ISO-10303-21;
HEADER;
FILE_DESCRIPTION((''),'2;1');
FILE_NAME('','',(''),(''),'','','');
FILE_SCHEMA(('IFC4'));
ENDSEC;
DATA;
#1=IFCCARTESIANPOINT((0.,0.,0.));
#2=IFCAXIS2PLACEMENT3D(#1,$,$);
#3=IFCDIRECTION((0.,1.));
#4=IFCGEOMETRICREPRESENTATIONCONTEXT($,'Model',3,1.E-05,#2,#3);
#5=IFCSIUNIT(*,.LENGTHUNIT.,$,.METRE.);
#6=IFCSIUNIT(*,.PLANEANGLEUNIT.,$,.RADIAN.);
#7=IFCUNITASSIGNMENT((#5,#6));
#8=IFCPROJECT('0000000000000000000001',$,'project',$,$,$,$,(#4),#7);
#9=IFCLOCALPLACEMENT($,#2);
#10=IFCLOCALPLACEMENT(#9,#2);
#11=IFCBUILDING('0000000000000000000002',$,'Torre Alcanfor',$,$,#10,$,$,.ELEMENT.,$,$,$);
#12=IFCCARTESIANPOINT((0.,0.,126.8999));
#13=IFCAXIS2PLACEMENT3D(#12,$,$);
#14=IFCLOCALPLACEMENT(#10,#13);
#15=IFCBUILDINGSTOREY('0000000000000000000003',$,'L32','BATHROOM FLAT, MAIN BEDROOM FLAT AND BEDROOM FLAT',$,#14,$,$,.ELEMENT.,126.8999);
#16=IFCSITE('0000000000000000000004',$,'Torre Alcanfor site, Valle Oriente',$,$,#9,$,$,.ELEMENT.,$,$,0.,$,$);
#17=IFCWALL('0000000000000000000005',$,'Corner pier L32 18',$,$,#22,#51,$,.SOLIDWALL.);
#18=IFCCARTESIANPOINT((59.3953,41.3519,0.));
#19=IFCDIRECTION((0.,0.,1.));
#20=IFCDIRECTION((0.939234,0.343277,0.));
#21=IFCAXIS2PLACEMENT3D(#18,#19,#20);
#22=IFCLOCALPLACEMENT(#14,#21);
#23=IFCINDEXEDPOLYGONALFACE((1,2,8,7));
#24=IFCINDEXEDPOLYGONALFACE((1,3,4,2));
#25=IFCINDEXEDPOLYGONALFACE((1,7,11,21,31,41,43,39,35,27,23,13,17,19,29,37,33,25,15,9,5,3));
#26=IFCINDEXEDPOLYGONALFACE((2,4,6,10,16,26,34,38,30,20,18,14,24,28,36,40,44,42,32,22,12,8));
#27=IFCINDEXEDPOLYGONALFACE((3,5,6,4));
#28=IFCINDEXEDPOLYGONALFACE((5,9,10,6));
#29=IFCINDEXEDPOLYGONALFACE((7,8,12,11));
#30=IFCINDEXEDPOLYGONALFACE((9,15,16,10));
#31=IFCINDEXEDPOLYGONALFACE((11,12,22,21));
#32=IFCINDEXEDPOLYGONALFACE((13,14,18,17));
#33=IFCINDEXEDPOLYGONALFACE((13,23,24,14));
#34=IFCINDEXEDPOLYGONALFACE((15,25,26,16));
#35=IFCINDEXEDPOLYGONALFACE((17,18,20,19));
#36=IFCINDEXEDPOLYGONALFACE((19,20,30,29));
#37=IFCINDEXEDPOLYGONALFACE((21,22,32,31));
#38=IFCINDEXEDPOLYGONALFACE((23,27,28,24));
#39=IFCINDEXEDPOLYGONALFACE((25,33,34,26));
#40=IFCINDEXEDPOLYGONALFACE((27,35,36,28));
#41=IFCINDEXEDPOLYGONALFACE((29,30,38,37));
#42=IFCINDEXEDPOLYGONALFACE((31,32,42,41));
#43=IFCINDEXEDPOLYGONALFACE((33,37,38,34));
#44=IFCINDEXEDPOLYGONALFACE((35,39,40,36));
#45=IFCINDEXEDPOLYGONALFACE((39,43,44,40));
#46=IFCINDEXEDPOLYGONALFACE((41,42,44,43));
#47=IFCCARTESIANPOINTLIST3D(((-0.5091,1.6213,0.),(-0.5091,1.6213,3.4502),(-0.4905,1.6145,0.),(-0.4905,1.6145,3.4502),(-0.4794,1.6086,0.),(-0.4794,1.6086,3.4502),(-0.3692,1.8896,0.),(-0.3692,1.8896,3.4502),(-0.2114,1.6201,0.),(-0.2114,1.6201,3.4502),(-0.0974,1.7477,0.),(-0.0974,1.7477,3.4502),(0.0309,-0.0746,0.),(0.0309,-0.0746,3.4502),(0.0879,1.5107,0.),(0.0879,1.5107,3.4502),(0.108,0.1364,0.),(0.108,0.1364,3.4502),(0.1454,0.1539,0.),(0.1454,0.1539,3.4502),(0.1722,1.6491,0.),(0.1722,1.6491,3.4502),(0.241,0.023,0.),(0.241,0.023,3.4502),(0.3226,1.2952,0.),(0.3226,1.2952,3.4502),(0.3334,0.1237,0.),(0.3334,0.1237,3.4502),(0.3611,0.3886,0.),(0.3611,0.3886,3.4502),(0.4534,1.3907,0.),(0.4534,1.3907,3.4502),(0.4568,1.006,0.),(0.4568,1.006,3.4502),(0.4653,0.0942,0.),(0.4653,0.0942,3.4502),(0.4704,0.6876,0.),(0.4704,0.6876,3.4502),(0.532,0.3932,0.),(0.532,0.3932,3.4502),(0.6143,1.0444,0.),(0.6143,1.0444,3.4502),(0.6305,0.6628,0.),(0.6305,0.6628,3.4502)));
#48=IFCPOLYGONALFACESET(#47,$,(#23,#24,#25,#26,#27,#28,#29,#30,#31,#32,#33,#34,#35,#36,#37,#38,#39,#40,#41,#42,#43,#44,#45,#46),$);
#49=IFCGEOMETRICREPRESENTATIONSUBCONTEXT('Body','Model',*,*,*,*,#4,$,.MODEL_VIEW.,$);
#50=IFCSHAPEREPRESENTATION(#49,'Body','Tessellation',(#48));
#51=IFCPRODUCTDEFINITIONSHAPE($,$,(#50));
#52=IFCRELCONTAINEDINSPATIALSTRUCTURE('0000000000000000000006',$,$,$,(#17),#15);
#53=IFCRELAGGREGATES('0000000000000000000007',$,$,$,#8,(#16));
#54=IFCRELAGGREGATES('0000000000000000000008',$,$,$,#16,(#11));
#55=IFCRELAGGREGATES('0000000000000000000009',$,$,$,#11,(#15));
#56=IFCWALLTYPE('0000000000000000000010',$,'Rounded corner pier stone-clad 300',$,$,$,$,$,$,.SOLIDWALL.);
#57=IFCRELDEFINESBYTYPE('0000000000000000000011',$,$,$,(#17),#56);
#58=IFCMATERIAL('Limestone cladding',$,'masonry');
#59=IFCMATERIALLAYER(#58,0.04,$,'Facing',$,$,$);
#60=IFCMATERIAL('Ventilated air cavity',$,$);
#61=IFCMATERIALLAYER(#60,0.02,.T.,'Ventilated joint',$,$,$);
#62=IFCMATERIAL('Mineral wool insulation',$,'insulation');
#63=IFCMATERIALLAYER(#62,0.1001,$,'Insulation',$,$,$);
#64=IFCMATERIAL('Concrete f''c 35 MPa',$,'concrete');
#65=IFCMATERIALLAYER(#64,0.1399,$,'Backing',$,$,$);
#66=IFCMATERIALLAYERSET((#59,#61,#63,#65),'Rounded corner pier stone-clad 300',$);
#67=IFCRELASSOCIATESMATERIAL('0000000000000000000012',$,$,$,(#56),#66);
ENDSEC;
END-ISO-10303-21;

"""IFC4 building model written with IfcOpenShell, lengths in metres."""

from ifc_helpers import new_model, si_unit, direction, frame, origin, place, context, subcontext, project, spatial, polyline, outline, extrude, material, layer, layer_set, type_object, element, save


model = new_model("IFC4")

# Units and contexts
model_context = context("Model", 3, precision=1e-05, world=origin(), true_north=direction((0.0, 1.0)))
body_context = subcontext(model_context, "Body", "Model", "MODEL_VIEW")
ifc_project = project(units=[si_unit("LENGTHUNIT", "METRE"), si_unit("PLANEANGLEUNIT", "RADIAN")], contexts=[model_context])

# Site, building, storey
site_placement = place(None, origin())
site = spatial("IfcSite", under=ifc_project, at=site_placement, Name="Torre Alcanfor site, Valle Oriente", CompositionType="ELEMENT", RefElevation=0.0)
building_placement = place(site_placement, origin())
building = spatial("IfcBuilding", under=site, at=building_placement, Name="Torre Alcanfor", CompositionType="ELEMENT")
storey_placement = place(building_placement, frame((0.0, 0.0, 126.8999)))
storey = spatial("IfcBuildingStorey", under=building, at=storey_placement, Name="L32", Description="BATHROOM FLAT, MAIN BEDROOM FLAT AND BEDROOM FLAT", CompositionType="ELEMENT", Elevation=126.8999)

# Shared definitions
ifc_material_1 = material(Name="Limestone cladding", Category="masonry")
ifc_material_2 = material(Name="Ventilated air cavity")
ifc_material_3 = material(Name="Mineral wool insulation", Category="insulation")
ifc_material_4 = material(Name="Concrete f'c 35 MPa", Category="concrete")

# Wall
ifc_layer_1 = layer(ifc_material_1, 0.04, Name="Facing")
ifc_layer_2 = layer(ifc_material_2, 0.02, ventilated=True, Name="Ventilated joint")
ifc_layer_3 = layer(ifc_material_3, 0.1001, Name="Insulation")
ifc_layer_4 = layer(ifc_material_4, 0.1399, Name="Backing")
ifc_layer_set_1 = layer_set([ifc_layer_1, ifc_layer_2, ifc_layer_3, ifc_layer_4], Name="Rounded corner pier stone-clad 300")
wall_type_1 = type_object("IfcWallType", Name="Rounded corner pier stone-clad 300", PredefinedType="SOLIDWALL", material=ifc_layer_set_1)
wall_1_placement = place(storey_placement, frame((59.3953, 41.3519, 0.0), z_axis=(0.0, 0.0, 1.0), x_axis=(0.939234, 0.343277, 0.0)))
element("IfcWall", 1, at=wall_1_placement, inside=storey, type_object=wall_type_1, Name="Corner pier L32 18", PredefinedType="SOLIDWALL", context=body_context, shape_type="SweptSolid", body=[
    extrude(outline(polyline([(0.532, 0.3932), (0.6305, 0.6628), (0.6143, 1.0444), (0.4534, 1.3907), (0.1722, 1.6491), (-0.0974, 1.7477), (-0.3692, 1.8896), (-0.5091, 1.6213), (-0.4905, 1.6145), (-0.4794, 1.6086), (-0.2114, 1.6201), (0.0879, 1.5107), (0.3226, 1.2952), (0.4568, 1.006), (0.4704, 0.6876), (0.3611, 0.3886), (0.1454, 0.1539), (0.108, 0.1364), (0.0309, -0.0746), (0.241, 0.023), (0.3334, 0.1237), (0.4653, 0.0942), (0.532, 0.3932)])), origin(), (0.0, 0.0, 1.0), 3.4502),
])

save(model, "model.ifc")
